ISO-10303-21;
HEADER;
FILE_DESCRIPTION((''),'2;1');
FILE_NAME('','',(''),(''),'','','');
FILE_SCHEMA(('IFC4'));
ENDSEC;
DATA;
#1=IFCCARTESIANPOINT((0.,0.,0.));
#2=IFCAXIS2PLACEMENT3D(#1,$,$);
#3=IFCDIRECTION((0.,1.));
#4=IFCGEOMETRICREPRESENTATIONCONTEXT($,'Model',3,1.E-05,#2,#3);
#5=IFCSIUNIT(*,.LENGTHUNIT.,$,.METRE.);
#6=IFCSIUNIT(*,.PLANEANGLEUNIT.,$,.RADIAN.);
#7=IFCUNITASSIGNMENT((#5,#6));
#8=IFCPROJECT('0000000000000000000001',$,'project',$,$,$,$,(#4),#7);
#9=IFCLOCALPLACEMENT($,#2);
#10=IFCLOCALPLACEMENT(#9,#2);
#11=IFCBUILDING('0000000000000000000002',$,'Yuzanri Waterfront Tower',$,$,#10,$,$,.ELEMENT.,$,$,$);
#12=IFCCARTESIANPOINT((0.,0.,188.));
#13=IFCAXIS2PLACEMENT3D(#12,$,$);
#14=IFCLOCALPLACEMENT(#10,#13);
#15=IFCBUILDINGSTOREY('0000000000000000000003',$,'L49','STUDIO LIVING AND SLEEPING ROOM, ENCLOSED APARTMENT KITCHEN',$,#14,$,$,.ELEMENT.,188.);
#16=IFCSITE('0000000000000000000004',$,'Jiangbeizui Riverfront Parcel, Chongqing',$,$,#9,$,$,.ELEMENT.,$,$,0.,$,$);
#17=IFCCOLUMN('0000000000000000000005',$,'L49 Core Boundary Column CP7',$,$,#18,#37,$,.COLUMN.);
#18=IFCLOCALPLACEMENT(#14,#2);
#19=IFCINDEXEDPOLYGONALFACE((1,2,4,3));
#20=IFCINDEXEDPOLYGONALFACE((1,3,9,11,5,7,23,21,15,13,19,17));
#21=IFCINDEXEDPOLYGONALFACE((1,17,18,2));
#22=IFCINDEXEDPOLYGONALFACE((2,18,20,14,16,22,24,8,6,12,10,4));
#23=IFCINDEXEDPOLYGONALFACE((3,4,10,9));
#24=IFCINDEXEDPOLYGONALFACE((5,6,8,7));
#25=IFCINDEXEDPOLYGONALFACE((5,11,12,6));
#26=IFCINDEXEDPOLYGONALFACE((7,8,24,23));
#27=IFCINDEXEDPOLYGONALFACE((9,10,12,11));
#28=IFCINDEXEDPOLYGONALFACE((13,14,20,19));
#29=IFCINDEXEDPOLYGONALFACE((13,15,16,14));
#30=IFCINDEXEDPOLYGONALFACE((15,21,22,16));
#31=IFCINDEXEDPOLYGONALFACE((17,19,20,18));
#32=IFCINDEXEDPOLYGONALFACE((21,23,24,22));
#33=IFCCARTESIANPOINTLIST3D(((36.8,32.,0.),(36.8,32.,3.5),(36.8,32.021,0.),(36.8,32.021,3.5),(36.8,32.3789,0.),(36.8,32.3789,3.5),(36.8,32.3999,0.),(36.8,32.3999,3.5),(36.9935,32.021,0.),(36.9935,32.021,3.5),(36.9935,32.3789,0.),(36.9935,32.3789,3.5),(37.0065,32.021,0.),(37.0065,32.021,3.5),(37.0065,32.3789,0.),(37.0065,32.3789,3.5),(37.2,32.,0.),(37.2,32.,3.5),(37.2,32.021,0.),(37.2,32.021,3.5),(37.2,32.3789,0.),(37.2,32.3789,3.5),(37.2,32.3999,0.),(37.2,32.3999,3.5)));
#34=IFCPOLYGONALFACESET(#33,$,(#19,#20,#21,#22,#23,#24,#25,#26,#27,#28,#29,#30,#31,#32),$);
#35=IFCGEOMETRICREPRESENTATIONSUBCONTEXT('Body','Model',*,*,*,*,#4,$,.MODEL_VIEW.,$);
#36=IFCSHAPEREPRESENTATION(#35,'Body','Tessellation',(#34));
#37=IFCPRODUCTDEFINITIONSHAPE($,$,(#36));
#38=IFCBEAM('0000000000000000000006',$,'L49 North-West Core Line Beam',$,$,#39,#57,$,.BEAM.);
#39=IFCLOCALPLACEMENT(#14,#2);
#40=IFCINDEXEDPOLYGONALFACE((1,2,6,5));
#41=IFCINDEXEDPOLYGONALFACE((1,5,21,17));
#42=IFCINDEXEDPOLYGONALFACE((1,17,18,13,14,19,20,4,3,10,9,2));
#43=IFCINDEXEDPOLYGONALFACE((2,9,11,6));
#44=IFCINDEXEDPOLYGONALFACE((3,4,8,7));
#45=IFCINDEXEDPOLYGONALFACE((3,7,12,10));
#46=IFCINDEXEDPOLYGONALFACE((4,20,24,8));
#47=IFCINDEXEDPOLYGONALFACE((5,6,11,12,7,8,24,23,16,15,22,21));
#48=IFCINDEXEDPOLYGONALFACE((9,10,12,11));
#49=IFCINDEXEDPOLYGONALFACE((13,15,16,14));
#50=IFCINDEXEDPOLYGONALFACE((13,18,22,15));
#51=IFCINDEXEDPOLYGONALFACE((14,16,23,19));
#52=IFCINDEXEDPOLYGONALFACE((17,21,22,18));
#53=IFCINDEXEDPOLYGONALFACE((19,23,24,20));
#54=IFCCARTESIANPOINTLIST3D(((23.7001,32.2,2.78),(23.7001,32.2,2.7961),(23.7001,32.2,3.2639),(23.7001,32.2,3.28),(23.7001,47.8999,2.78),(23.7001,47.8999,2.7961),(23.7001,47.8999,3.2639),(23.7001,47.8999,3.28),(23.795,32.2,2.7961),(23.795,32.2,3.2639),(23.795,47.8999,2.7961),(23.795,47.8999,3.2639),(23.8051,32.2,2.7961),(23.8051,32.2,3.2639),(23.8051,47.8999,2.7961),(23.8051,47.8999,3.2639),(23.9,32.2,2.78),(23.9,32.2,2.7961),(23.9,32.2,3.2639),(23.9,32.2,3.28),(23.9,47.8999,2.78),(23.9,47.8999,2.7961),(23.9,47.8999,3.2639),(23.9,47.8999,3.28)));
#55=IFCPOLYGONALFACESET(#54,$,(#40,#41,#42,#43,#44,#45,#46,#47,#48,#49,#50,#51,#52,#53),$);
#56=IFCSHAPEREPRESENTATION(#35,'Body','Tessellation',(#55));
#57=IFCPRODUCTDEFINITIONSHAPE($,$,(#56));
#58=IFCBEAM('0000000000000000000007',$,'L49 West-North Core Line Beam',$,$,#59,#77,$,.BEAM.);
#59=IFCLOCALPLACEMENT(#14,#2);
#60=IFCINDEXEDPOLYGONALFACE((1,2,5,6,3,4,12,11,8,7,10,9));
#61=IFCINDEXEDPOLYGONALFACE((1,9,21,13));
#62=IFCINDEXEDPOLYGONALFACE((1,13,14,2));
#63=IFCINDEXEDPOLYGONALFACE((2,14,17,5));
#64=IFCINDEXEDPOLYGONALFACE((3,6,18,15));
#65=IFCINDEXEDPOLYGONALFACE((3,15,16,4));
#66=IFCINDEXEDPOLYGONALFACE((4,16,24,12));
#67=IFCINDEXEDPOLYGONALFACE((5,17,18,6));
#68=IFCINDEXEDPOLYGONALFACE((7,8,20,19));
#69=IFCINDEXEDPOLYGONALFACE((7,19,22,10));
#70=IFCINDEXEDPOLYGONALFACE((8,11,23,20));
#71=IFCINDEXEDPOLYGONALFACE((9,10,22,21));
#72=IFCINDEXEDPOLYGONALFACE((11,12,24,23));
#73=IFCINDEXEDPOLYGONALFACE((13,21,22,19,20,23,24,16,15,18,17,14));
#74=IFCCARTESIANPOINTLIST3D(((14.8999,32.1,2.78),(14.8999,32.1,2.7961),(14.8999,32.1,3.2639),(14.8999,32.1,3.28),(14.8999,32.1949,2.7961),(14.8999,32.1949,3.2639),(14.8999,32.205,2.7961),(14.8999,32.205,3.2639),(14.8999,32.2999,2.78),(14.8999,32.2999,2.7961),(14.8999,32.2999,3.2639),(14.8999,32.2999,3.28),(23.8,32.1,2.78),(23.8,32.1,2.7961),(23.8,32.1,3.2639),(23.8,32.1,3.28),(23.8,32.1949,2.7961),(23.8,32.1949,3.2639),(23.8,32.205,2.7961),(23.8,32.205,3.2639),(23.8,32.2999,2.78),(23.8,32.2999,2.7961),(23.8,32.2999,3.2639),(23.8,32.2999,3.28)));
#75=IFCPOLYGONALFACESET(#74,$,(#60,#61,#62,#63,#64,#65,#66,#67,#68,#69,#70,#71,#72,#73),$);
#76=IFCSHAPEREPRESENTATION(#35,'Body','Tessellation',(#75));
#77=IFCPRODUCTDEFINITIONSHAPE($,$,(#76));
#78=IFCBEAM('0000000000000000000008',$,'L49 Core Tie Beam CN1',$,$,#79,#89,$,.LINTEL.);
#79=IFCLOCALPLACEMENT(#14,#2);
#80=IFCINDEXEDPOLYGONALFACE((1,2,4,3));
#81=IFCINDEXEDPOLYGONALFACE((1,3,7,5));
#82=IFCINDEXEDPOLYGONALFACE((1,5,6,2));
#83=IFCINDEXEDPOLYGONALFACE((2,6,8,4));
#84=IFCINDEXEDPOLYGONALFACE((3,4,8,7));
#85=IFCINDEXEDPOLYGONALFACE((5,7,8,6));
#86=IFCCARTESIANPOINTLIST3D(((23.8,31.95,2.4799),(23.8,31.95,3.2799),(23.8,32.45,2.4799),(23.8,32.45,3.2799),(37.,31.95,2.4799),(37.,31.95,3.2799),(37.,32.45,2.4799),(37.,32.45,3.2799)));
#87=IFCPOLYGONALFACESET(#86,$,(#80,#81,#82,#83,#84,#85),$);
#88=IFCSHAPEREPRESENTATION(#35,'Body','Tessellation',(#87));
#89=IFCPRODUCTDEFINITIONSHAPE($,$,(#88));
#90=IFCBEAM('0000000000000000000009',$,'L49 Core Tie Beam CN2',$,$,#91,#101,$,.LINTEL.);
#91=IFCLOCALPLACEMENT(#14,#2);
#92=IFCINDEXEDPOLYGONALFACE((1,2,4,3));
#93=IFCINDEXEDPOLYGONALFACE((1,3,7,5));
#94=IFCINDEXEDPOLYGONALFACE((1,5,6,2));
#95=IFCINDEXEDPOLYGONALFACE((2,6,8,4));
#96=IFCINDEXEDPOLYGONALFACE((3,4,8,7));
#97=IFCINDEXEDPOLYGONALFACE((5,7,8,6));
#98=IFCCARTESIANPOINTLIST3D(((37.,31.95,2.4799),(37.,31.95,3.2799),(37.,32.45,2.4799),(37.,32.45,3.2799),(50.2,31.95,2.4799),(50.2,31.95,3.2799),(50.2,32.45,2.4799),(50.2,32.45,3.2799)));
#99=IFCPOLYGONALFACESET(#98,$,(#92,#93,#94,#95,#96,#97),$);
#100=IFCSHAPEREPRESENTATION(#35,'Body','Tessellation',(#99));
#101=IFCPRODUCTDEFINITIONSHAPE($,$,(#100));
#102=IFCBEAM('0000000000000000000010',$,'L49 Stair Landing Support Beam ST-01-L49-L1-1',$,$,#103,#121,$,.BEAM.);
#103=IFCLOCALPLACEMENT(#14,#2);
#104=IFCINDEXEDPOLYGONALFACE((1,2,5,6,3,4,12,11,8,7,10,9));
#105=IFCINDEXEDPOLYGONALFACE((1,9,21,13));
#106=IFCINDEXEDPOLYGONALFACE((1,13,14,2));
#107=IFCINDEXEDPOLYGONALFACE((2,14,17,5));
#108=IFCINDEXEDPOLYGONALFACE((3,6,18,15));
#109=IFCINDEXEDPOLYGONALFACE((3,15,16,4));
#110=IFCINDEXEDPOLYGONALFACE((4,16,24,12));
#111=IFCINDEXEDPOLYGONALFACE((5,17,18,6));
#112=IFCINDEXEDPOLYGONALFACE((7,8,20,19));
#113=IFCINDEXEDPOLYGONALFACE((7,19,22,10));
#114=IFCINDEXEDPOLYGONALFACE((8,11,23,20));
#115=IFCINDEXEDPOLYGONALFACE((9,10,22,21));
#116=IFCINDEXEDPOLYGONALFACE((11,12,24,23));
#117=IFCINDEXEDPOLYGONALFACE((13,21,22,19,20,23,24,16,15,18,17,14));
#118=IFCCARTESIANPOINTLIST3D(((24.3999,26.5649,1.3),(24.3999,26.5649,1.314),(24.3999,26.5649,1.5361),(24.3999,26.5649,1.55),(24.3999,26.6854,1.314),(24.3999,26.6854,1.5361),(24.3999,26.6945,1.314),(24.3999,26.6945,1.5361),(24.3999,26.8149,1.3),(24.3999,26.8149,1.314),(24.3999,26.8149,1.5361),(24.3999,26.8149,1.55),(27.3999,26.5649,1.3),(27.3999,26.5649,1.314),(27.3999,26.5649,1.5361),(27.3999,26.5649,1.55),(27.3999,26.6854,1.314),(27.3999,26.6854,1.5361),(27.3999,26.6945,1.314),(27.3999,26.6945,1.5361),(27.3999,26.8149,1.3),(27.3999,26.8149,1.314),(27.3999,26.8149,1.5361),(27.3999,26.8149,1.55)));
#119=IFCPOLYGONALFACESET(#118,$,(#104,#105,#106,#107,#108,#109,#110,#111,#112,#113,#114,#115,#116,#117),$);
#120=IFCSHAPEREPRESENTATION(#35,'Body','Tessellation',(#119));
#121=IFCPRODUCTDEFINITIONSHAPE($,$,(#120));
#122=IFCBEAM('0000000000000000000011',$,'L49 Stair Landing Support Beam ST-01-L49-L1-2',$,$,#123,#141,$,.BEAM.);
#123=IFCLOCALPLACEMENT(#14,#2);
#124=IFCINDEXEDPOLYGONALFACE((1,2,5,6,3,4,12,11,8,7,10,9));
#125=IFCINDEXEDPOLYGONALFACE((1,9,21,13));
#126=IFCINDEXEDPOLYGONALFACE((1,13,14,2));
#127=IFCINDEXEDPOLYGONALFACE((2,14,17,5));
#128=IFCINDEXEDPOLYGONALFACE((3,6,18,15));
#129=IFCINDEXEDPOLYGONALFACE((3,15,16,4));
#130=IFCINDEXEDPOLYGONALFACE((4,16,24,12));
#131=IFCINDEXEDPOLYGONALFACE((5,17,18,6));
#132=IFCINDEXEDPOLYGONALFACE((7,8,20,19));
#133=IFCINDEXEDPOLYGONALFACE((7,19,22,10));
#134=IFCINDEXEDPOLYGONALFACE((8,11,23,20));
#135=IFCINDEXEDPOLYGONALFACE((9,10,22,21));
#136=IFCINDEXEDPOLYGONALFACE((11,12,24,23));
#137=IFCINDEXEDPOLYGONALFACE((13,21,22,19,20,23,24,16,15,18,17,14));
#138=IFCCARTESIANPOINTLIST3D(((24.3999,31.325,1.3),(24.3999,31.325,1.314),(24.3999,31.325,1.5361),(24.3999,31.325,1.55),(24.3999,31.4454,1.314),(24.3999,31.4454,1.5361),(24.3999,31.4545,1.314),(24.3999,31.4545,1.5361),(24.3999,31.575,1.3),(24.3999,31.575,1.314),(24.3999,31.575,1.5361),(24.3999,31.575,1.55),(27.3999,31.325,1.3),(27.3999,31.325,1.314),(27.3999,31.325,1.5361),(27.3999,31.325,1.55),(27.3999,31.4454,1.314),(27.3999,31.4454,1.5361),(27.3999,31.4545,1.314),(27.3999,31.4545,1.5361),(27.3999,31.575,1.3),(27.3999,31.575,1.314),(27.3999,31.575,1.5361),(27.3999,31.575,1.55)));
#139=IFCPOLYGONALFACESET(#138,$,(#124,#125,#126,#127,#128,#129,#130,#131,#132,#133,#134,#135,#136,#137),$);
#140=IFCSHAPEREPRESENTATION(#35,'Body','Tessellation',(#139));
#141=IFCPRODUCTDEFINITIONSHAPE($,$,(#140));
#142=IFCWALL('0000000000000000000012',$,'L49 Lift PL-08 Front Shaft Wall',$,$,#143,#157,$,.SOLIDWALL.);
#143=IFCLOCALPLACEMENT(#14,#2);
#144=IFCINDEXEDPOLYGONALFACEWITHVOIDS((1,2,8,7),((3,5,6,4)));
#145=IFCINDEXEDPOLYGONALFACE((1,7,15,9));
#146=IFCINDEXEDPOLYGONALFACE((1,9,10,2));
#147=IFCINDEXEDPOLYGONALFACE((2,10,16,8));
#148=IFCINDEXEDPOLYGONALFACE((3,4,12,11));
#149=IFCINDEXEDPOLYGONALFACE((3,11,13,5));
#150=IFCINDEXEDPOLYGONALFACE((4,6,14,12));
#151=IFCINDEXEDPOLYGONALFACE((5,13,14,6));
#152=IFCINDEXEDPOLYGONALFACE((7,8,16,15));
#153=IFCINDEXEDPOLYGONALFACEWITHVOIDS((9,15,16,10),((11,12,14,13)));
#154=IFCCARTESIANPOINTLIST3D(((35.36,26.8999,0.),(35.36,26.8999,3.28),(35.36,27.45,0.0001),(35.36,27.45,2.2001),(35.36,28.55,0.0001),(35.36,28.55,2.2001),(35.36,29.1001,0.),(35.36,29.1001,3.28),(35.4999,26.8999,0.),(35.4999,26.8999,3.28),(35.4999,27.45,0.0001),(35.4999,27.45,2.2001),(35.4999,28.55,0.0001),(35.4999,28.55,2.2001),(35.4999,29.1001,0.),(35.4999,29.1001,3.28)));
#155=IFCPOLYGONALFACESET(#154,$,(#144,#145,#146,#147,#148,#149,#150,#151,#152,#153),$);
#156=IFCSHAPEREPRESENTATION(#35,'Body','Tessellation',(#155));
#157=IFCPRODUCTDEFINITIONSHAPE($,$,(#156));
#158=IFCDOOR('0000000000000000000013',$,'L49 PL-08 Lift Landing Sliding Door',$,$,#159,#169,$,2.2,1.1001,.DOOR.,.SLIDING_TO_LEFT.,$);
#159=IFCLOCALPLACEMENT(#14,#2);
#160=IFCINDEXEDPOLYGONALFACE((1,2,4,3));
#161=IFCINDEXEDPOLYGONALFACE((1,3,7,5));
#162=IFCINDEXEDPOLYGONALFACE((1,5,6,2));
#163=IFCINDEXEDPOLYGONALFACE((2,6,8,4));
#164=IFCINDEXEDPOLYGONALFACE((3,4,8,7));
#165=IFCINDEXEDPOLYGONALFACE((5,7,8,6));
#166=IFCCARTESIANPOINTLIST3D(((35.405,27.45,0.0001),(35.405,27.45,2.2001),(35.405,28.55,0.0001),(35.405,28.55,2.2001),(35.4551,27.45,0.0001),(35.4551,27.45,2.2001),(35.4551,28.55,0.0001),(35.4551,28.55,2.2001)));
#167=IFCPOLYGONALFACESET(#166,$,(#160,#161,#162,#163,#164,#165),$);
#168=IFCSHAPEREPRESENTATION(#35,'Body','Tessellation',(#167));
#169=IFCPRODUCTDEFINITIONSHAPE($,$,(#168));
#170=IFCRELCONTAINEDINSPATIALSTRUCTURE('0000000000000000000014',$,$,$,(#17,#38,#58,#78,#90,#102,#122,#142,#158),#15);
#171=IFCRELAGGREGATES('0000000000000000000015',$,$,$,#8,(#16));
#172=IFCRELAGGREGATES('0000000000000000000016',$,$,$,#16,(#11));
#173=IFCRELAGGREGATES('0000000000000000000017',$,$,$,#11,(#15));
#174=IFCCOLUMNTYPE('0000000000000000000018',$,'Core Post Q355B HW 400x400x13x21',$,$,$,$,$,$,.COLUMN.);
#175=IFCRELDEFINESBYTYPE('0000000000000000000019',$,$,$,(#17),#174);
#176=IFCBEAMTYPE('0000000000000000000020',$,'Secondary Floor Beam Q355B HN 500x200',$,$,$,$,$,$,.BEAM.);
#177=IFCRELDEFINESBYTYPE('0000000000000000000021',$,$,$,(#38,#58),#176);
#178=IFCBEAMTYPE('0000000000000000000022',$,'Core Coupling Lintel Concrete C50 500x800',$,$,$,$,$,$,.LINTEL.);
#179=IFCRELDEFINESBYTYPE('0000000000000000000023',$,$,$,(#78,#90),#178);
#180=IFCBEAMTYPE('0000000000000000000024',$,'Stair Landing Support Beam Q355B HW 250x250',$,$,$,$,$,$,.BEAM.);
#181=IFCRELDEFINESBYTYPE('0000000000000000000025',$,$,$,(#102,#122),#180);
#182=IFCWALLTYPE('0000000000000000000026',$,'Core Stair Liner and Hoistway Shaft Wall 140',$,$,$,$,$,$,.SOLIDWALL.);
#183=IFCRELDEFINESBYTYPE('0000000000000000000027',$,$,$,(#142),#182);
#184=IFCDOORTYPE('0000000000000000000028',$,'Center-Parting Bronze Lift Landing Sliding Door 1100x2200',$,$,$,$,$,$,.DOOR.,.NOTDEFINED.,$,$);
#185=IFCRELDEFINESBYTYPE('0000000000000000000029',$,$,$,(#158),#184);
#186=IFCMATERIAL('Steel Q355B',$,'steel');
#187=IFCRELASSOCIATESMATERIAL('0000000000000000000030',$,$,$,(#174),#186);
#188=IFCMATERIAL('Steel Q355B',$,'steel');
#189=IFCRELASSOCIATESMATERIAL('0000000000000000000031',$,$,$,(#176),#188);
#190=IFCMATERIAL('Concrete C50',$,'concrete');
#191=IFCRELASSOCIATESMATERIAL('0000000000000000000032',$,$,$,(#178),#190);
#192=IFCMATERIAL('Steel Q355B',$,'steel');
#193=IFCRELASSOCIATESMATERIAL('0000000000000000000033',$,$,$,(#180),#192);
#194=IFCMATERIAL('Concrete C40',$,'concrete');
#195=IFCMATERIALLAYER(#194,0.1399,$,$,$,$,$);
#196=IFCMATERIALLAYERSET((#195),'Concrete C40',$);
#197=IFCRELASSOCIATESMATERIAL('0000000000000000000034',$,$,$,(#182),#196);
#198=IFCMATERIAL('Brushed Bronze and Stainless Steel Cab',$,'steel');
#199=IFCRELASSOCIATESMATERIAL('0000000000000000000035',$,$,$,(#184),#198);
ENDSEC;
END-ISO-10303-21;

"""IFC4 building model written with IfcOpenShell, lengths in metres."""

from ifc_helpers import new_model, si_unit, direction, frame, frame_2d, origin, origin_2d, place, context, subcontext, project, spatial, rectangle, i_section, extrude, source, transform, mapped, material, layer, layer_set, material_profile, profile_set, type_object, element, fill, save


model = new_model("IFC4")

# Units and contexts
model_context = context("Model", 3, precision=1e-05, world=origin(), true_north=direction((0.0, 1.0)))
body_context = subcontext(model_context, "Body", "Model", "MODEL_VIEW")
ifc_project = project(units=[si_unit("LENGTHUNIT", "METRE"), si_unit("PLANEANGLEUNIT", "RADIAN")], contexts=[model_context])

# Site, building, storey
site_placement = place(None, origin())
site = spatial("IfcSite", under=ifc_project, at=site_placement, Name="Jiangbeizui Riverfront Parcel, Chongqing", CompositionType="ELEMENT", RefElevation=0.0)
building_placement = place(site_placement, origin())
building = spatial("IfcBuilding", under=site, at=building_placement, Name="Yuzanri Waterfront Tower", CompositionType="ELEMENT")
storey_placement = place(building_placement, frame((0.0, 0.0, 188.0)))
storey = spatial("IfcBuildingStorey", under=building, at=storey_placement, Name="L49", Description="STUDIO LIVING AND SLEEPING ROOM, ENCLOSED APARTMENT KITCHEN", CompositionType="ELEMENT", Elevation=188.0)

# Column
ifc_material_1 = material(Name="Steel Q355B", Category="steel")
ifc_material_profile_1 = material_profile(ifc_material_1, i_section(OverallWidth=0.3999, OverallDepth=0.3999, WebThickness=0.0129, FlangeThickness=0.021, at=origin_2d()), Name="HW 400x400x13x21")
ifc_profile_set_1 = profile_set([ifc_material_profile_1], Name="Steel Q355B")
column_type = type_object("IfcColumnType", Name="Core Post Q355B HW 400x400x13x21", PredefinedType="COLUMN", material=ifc_profile_set_1)
shared_shape_1 = source(origin(), body_context, "Body", "SweptSolid", [
    extrude(i_section(OverallWidth=0.3999, OverallDepth=0.3999, WebThickness=0.0129, FlangeThickness=0.021, at=origin_2d()), origin(), (0.0, 0.0, 1.0), 3.5),
])
column_placement = place(storey_placement, frame((37.0, 32.2, 0.0), z_axis=(0.0, 0.0, 1.0), x_axis=(1.0, 0.0, 0.0)))
element("IfcColumn", 1, at=column_placement, inside=storey, type_object=column_type, Name="L49 Core Boundary Column CP7", PredefinedType="COLUMN", context=body_context, shape_type="MappedRepresentation", body=[
    mapped(shared_shape_1, transform((0.0, 0.0, 0.0), scale=1.0)),
])

# Beams
ifc_material_2 = material(Name="Steel Q355B", Category="steel")
ifc_material_profile_2 = material_profile(ifc_material_2, i_section(OverallWidth=0.2, OverallDepth=0.5, WebThickness=0.01, FlangeThickness=0.0161, at=origin_2d()), Name="HN 500x200x10x16")
ifc_profile_set_2 = profile_set([ifc_material_profile_2], Name="Steel Q355B")
beam_type_1 = type_object("IfcBeamType", Name="Secondary Floor Beam Q355B HN 500x200", PredefinedType="BEAM", material=ifc_profile_set_2)
shared_shape_2 = source(origin(), body_context, "Body", "SweptSolid", [
    extrude(i_section(OverallWidth=0.2, OverallDepth=0.5, WebThickness=0.01, FlangeThickness=0.0161, at=origin_2d()), origin(), (0.0, 0.0, 1.0), 15.7),
])
beam_1_placement = place(storey_placement, frame((23.8, 32.2, 3.03), z_axis=(0.0, 1.0, 0.0), x_axis=(-1.0, 0.0, 0.0)))
element("IfcBeam", 2, at=beam_1_placement, inside=storey, type_object=beam_type_1, Name="L49 North-West Core Line Beam", PredefinedType="BEAM", context=body_context, shape_type="MappedRepresentation", body=[
    mapped(shared_shape_2, transform((0.0, 0.0, 0.0), scale=1.0)),
])
shared_shape_3 = source(origin(), body_context, "Body", "SweptSolid", [
    extrude(i_section(OverallWidth=0.2, OverallDepth=0.5, WebThickness=0.01, FlangeThickness=0.0161, at=origin_2d()), origin(), (0.0, 0.0, 1.0), 8.9001),
])
beam_2_placement = place(storey_placement, frame((23.8, 32.2, 3.03), z_axis=(-1.0, 0.0, 0.0), x_axis=(0.0, -1.0, 0.0)))
element("IfcBeam", 3, at=beam_2_placement, inside=storey, type_object=beam_type_1, Name="L49 West-North Core Line Beam", PredefinedType="BEAM", context=body_context, shape_type="MappedRepresentation", body=[
    mapped(shared_shape_3, transform((0.0, 0.0, 0.0), scale=1.0)),
])
ifc_material_3 = material(Name="Concrete C50", Category="concrete")
ifc_material_profile_3 = material_profile(ifc_material_3, rectangle(XDim=0.5, YDim=0.8, at=origin_2d()), Name="RC 500x800")
ifc_profile_set_3 = profile_set([ifc_material_profile_3], Name="Concrete C50")
beam_type_2 = type_object("IfcBeamType", Name="Core Coupling Lintel Concrete C50 500x800", PredefinedType="LINTEL", material=ifc_profile_set_3)
shared_shape_4 = source(origin(), body_context, "Body", "SweptSolid", [
    extrude(rectangle(XDim=0.5, YDim=0.8, at=origin_2d()), origin(), (0.0, 0.0, 1.0), 13.2),
])
for number, where, z_axis, x_axis, name in (
    (4, (23.8, 32.2, 2.8799), (1.0, 0.0, 0.0), (0.0, 1.0, 0.0), "L49 Core Tie Beam CN1"),
    (5, (37.0, 32.2, 2.8799), (1.0, 0.0, 0.0), (0.0, 1.0, 0.0), "L49 Core Tie Beam CN2"),
):
    element("IfcBeam", number, at=place(storey_placement, frame(where, z_axis=z_axis, x_axis=x_axis)), inside=storey, type_object=beam_type_2, Name=name, PredefinedType="LINTEL", context=body_context, shape_type="MappedRepresentation", body=[
        mapped(shared_shape_4, transform((0.0, 0.0, 0.0), scale=1.0)),
    ])
ifc_material_4 = material(Name="Steel Q355B", Category="steel")
ifc_material_profile_4 = material_profile(ifc_material_4, i_section(OverallWidth=0.25, OverallDepth=0.25, WebThickness=0.009, FlangeThickness=0.0139, at=origin_2d()), Name="HW 250x250x9x14")
ifc_profile_set_4 = profile_set([ifc_material_profile_4], Name="Steel Q355B")
beam_type_3 = type_object("IfcBeamType", Name="Stair Landing Support Beam Q355B HW 250x250", PredefinedType="BEAM", material=ifc_profile_set_4)
shared_shape_5 = source(origin(), body_context, "Body", "SweptSolid", [
    extrude(i_section(OverallWidth=0.25, OverallDepth=0.25, WebThickness=0.009, FlangeThickness=0.0139, at=origin_2d()), origin(), (0.0, 0.0, 1.0), 3.0),
])
for number, where, z_axis, x_axis, name in (
    (6, (24.3999, 26.6899, 1.425), (1.0, 0.0, 0.0), (0.0, 1.0, 0.0), "L49 Stair Landing Support Beam ST-01-L49-L1-1"),
    (7, (24.3999, 31.45, 1.425), (1.0, 0.0, 0.0), (0.0, 1.0, 0.0), "L49 Stair Landing Support Beam ST-01-L49-L1-2"),
):
    element("IfcBeam", number, at=place(storey_placement, frame(where, z_axis=z_axis, x_axis=x_axis)), inside=storey, type_object=beam_type_3, Name=name, PredefinedType="BEAM", context=body_context, shape_type="MappedRepresentation", body=[
        mapped(shared_shape_5, transform((0.0, 0.0, 0.0), scale=1.0)),
    ])

# Wall, opening, door
ifc_material_5 = material(Name="Concrete C40", Category="concrete")
ifc_layer_1 = layer(ifc_material_5, 0.1399)
ifc_layer_set_1 = layer_set([ifc_layer_1], Name="Concrete C40")
wall_type_1 = type_object("IfcWallType", Name="Core Stair Liner and Hoistway Shaft Wall 140", PredefinedType="SOLIDWALL", material=ifc_layer_set_1)
wall_1_placement = place(storey_placement, frame((35.4299, 26.8999, 0.0), z_axis=(0.0, 0.0, 1.0), x_axis=(0.0, 1.0, 0.0)))
wall_1 = element("IfcWall", 8, at=wall_1_placement, inside=storey, type_object=wall_type_1, Name="L49 Lift PL-08 Front Shaft Wall", PredefinedType="SOLIDWALL", context=body_context, shape_type="SweptSolid", body=[
    extrude(rectangle(XDim=2.2002, YDim=0.1399, at=frame_2d((1.1001, 0.0))), origin(), (0.0, 0.0, 1.0), 3.28),
])
opening_1_placement = place(wall_1_placement, frame((0.55, 0.0, 0.0)))
opening_1 = element("IfcOpeningElement", 9, at=opening_1_placement, cuts=wall_1, PredefinedType="OPENING", context=body_context, shape_type="SweptSolid", body=[
    extrude(rectangle(XDim=1.1001, YDim=2.2, at=frame_2d((0.55, 1.1001))), frame((0.0, 0.085, 0.0), z_axis=(0.0, -1.0, 0.0), x_axis=(1.0, 0.0, 0.0)), (0.0, 0.0, 1.0), 0.1697),
])
ifc_material_6 = material(Name="Brushed Bronze and Stainless Steel Cab", Category="steel")
door_type_1 = type_object("IfcDoorType", Name="Center-Parting Bronze Lift Landing Sliding Door 1100x2200", OperationType="NOTDEFINED", PredefinedType="DOOR", material=ifc_material_6)
shared_shape_6 = source(origin(), body_context, "Body", "SweptSolid", [
    extrude(rectangle(XDim=1.1001, YDim=2.2, at=frame_2d((0.55, 1.1001))), frame((0.0, 0.0249, 0.0), z_axis=(0.0, -1.0, 0.0), x_axis=(1.0, 0.0, 0.0)), (0.0, 0.0, 1.0), 0.05),
])
door_1_placement = place(opening_1_placement, origin())
door_1 = element("IfcDoor", 10, at=door_1_placement, inside=storey, type_object=door_type_1, Name="L49 PL-08 Lift Landing Sliding Door", OperationType="SLIDING_TO_LEFT", OverallHeight=2.2, OverallWidth=1.1001, PredefinedType="DOOR", context=body_context, shape_type="MappedRepresentation", body=[
    mapped(shared_shape_6, transform((0.0, 0.0, 0.0), scale=1.0)),
])
fill(opening_1, door_1)

save(model, "model.ifc")
